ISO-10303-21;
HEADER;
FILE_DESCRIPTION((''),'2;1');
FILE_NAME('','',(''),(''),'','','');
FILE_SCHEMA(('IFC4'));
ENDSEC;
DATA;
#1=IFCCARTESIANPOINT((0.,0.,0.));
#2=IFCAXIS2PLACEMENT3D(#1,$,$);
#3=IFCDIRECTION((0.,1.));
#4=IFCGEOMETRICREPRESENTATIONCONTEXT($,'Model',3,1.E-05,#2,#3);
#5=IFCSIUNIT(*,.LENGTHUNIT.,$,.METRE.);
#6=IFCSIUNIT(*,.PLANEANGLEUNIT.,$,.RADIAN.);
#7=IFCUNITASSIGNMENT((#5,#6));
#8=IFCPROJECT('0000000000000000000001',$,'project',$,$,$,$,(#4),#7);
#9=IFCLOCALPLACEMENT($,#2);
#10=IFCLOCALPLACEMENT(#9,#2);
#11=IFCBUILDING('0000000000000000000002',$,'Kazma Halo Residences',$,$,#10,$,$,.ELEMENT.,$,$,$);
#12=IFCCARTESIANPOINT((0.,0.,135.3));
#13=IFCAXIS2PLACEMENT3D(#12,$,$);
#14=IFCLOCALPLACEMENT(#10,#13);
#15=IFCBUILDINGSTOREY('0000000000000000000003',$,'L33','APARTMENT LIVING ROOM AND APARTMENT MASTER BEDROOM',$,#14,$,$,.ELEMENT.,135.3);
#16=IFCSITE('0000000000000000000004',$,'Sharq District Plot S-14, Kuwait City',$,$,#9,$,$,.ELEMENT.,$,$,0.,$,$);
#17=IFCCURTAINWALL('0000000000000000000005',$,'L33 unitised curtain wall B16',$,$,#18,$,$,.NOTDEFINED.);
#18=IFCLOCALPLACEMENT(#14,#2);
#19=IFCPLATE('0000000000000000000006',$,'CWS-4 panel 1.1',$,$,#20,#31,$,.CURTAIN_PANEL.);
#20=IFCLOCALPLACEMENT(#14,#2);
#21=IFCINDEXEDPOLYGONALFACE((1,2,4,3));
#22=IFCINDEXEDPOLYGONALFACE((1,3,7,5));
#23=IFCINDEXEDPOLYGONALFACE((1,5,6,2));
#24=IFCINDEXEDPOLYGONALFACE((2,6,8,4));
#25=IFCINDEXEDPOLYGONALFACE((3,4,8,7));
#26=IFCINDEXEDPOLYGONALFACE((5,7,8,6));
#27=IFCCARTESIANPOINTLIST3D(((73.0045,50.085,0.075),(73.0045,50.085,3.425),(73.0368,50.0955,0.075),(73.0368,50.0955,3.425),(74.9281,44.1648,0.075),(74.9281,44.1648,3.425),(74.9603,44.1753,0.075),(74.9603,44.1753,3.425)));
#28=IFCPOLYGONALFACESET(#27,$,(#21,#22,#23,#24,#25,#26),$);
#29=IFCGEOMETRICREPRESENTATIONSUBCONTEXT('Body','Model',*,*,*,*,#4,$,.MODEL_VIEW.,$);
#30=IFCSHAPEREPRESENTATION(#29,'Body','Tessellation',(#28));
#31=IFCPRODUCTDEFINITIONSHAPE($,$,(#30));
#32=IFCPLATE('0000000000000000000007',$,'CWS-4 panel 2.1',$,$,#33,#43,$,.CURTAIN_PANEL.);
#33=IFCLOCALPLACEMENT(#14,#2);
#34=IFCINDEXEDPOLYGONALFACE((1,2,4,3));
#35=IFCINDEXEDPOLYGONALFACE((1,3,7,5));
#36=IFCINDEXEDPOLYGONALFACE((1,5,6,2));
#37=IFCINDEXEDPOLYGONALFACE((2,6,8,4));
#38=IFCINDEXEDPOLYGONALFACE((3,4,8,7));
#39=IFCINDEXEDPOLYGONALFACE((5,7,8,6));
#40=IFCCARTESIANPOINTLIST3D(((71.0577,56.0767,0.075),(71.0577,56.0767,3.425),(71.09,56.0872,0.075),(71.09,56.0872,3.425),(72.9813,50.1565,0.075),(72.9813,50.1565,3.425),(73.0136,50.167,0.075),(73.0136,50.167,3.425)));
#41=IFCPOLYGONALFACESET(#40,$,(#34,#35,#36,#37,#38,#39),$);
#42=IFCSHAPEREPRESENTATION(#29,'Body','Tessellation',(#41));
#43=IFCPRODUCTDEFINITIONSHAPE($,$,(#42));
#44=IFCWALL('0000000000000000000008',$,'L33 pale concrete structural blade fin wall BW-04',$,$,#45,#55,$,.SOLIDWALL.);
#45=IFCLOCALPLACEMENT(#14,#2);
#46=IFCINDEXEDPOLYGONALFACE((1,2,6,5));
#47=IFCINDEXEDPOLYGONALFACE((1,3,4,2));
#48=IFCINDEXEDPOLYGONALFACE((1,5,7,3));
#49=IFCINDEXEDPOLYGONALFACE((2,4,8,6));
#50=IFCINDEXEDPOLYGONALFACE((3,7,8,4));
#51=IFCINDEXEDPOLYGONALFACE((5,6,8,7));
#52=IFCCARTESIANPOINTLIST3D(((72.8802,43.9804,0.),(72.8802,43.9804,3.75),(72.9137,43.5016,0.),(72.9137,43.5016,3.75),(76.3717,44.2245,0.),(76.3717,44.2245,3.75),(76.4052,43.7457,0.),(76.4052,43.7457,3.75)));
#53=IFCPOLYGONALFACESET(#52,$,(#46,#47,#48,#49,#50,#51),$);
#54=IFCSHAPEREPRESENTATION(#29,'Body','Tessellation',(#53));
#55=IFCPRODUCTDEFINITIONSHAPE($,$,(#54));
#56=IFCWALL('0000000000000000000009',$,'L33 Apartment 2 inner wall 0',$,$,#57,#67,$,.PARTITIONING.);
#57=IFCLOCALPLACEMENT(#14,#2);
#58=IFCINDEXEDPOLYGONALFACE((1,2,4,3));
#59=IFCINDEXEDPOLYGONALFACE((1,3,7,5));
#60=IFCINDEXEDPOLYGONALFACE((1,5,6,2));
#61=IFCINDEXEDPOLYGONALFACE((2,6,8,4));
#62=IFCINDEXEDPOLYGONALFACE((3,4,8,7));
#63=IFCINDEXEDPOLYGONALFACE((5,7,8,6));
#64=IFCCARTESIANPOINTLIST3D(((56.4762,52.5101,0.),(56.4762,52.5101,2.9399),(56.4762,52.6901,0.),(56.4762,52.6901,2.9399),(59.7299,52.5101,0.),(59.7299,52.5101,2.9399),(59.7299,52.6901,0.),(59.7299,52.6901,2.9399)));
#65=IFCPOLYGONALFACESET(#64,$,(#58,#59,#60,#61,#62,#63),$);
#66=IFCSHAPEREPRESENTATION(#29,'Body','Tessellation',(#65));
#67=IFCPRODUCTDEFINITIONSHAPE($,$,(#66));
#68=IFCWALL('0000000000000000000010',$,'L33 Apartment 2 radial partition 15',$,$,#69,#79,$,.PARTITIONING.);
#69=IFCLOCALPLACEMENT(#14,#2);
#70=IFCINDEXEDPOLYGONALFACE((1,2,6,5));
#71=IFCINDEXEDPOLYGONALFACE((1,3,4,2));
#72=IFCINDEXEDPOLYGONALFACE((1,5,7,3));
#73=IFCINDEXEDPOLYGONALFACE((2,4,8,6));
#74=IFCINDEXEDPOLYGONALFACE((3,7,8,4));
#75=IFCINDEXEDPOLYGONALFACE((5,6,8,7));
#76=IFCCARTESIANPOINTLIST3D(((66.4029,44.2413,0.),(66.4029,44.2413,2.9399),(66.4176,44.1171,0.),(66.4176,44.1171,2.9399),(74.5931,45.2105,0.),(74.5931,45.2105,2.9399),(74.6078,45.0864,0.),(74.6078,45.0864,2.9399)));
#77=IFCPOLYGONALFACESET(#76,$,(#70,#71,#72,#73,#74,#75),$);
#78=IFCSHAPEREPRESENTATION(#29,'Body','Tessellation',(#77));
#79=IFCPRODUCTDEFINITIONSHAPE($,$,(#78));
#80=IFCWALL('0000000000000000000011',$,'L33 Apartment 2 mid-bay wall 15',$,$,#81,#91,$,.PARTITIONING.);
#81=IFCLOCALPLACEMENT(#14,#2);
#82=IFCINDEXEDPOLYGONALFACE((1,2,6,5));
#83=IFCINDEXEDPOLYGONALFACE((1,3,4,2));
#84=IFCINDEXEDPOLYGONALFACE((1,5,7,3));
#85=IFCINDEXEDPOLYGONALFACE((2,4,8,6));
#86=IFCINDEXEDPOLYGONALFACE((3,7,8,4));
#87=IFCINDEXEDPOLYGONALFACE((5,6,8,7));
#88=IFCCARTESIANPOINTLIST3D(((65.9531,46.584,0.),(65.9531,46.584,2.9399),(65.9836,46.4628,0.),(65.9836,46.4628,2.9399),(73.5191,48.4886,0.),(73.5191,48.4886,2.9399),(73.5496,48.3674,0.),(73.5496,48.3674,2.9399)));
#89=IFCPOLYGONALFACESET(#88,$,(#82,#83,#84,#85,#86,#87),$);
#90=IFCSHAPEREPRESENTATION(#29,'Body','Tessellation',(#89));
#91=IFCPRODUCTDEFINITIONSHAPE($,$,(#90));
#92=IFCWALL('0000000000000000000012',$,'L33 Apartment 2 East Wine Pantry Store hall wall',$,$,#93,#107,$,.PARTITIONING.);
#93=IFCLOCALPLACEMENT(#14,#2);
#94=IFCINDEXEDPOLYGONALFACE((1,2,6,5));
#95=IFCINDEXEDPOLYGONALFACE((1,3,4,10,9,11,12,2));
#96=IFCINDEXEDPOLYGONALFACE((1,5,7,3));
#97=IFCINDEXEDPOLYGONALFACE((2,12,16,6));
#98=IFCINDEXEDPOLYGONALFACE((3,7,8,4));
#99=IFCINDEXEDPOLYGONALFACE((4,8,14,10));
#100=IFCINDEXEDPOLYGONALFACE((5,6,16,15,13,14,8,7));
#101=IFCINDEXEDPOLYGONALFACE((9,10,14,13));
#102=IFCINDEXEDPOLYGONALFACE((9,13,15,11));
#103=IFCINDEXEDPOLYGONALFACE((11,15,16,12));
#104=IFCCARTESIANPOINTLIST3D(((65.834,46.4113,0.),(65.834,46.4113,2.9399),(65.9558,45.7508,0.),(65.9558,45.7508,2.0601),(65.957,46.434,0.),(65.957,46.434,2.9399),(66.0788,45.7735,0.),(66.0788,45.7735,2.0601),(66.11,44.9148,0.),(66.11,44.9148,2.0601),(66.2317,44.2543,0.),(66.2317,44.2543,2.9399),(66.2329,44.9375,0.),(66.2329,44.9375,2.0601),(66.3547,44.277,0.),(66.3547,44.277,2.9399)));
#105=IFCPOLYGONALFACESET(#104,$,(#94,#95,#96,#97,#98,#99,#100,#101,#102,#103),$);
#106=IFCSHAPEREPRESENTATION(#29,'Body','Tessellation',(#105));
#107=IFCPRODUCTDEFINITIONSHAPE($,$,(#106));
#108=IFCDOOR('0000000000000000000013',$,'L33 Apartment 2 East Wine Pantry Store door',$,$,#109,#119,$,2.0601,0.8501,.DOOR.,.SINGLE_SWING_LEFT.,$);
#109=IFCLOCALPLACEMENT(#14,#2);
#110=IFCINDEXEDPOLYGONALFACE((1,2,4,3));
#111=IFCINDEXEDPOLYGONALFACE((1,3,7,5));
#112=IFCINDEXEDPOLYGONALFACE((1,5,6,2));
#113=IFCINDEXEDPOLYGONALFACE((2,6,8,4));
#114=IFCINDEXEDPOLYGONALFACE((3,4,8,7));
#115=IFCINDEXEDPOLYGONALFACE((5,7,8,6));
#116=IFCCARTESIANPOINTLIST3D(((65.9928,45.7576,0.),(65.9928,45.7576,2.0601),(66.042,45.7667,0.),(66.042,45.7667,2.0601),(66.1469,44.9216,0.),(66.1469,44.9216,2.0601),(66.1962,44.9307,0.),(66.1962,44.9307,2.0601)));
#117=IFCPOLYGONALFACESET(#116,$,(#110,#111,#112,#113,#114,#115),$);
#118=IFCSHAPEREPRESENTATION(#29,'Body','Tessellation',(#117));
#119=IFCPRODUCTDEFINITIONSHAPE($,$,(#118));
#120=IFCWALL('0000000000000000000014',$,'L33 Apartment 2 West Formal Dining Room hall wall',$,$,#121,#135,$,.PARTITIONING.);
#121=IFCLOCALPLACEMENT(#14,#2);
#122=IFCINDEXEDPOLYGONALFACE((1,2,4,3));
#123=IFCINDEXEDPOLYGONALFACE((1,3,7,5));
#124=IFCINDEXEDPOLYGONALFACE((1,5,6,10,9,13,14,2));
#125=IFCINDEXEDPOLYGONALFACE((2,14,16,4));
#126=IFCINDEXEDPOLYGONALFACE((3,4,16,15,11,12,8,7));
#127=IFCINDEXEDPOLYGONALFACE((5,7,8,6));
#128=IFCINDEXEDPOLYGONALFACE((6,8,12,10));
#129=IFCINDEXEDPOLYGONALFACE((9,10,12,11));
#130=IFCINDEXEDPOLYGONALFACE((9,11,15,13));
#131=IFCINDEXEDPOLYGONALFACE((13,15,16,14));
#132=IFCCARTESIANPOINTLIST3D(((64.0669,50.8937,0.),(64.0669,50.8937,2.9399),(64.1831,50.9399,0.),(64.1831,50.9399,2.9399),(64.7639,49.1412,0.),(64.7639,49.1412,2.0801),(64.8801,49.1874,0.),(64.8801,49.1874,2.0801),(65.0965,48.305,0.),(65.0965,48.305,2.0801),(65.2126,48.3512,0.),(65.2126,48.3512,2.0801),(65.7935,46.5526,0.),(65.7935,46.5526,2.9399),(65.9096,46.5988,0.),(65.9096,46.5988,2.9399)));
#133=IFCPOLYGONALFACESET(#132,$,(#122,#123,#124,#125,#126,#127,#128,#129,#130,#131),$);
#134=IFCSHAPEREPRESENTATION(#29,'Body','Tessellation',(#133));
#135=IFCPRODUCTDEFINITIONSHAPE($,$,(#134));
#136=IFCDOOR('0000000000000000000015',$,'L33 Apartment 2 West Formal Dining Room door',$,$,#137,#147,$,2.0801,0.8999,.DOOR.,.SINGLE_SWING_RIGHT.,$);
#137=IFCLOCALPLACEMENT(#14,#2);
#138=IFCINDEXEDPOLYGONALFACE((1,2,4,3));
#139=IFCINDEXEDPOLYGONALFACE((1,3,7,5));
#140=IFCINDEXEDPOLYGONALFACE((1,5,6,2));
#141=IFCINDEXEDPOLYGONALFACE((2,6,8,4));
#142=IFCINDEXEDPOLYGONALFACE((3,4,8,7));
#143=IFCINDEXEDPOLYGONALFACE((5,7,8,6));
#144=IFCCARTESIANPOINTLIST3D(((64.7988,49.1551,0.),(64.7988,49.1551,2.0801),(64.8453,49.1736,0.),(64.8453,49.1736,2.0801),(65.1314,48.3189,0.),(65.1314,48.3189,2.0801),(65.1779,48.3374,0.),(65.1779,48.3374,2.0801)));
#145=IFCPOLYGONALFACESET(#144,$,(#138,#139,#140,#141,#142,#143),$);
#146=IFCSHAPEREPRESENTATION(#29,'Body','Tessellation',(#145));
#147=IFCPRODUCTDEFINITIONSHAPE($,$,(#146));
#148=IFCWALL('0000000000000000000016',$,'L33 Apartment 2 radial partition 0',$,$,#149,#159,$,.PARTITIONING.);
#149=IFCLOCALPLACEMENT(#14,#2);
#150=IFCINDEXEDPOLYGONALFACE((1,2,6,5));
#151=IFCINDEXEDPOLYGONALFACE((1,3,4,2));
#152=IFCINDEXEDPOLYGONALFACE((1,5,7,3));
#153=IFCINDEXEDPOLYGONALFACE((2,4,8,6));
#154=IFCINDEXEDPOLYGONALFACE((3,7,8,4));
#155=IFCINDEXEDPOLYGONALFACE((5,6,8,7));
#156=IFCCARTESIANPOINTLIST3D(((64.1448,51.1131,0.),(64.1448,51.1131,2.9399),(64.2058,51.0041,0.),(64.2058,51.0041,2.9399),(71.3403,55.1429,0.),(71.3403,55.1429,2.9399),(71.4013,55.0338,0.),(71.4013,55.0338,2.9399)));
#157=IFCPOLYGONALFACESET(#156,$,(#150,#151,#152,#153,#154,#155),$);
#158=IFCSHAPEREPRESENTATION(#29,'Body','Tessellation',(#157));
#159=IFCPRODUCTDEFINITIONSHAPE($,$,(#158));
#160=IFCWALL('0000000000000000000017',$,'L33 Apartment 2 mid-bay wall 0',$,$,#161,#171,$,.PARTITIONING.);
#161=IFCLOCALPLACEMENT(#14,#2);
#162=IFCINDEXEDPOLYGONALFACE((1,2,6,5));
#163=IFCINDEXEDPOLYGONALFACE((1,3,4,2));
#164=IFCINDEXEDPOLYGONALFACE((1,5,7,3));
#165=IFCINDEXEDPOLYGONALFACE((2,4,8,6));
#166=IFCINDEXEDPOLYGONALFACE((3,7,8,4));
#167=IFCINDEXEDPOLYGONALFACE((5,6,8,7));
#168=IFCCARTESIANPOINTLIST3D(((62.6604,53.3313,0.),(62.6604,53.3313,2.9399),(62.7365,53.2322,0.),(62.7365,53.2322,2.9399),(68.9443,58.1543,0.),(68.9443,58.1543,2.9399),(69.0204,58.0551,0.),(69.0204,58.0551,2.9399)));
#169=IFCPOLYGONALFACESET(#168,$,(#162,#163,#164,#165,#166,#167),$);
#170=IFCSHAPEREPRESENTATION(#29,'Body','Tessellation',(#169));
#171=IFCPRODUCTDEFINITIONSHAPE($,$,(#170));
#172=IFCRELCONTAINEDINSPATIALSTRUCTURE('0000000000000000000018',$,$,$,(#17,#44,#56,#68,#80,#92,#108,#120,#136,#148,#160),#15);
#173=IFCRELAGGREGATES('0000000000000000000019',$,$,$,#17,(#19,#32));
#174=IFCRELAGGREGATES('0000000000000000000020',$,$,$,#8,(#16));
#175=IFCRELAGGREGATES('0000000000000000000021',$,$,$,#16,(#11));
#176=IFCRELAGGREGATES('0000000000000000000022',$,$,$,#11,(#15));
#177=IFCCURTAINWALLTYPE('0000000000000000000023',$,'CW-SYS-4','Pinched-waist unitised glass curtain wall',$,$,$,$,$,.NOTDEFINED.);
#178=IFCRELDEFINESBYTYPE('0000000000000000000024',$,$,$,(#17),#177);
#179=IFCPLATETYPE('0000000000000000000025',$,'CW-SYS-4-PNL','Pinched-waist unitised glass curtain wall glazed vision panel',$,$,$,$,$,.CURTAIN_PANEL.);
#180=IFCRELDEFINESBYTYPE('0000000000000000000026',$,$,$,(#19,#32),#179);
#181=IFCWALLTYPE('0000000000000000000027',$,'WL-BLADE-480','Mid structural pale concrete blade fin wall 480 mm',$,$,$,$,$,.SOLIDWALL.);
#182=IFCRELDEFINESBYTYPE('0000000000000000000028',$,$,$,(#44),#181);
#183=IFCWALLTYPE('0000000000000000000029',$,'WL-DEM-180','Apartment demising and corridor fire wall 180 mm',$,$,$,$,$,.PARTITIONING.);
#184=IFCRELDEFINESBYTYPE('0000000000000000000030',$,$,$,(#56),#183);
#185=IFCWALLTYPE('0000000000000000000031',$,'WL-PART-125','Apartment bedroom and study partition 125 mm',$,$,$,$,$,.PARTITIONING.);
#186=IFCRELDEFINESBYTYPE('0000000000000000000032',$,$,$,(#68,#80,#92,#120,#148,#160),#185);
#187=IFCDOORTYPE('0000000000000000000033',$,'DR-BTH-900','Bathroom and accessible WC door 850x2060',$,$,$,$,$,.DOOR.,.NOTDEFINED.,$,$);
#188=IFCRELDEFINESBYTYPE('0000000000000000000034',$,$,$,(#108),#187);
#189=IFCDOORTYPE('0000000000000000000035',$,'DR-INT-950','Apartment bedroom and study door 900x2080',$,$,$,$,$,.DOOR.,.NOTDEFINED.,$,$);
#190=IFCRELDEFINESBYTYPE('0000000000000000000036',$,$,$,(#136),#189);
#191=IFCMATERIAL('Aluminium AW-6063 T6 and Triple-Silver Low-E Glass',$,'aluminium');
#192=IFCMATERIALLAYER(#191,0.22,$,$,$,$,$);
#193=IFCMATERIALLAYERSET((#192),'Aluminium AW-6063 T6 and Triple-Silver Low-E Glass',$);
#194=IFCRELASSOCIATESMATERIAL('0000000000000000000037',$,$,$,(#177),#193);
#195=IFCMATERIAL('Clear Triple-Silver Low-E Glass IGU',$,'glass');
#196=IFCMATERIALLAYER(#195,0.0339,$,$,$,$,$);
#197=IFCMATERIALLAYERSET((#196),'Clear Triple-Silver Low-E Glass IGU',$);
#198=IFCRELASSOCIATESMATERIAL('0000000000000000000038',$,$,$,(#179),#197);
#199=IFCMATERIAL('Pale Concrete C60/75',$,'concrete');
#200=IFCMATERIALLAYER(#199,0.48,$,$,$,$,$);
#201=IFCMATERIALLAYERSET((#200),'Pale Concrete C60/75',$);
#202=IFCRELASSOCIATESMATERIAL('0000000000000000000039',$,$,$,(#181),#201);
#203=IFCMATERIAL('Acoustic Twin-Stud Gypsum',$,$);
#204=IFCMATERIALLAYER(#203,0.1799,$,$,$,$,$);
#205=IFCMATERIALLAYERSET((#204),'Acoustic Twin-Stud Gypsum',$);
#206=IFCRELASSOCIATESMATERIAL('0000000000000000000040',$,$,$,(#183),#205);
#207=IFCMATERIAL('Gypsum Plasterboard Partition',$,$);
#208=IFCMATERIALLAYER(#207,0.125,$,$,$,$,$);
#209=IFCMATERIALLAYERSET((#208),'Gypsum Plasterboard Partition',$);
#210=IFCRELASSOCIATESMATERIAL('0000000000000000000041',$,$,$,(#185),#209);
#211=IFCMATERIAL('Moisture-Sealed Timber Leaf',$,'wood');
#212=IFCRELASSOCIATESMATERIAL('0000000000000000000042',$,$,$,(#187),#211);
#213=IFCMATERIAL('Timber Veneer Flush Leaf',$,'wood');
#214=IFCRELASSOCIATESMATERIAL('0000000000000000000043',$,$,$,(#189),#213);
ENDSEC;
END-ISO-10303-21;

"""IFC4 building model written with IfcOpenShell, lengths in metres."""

from ifc_helpers import new_model, si_unit, direction, frame, frame_2d, origin, origin_2d, place, context, subcontext, project, spatial, rectangle, extrude, material, layer, layer_set, type_object, element, fill, aggregate, save


model = new_model("IFC4")

# Units and contexts
model_context = context("Model", 3, precision=1e-05, world=origin(), true_north=direction((0.0, 1.0)))
body_context = subcontext(model_context, "Body", "Model", "MODEL_VIEW")
ifc_project = project(units=[si_unit("LENGTHUNIT", "METRE"), si_unit("PLANEANGLEUNIT", "RADIAN")], contexts=[model_context])

# Site, building, storey
site_placement = place(None, origin())
site = spatial("IfcSite", under=ifc_project, at=site_placement, Name="Sharq District Plot S-14, Kuwait City", CompositionType="ELEMENT", RefElevation=0.0)
building_placement = place(site_placement, origin())
building = spatial("IfcBuilding", under=site, at=building_placement, Name="Kazma Halo Residences", CompositionType="ELEMENT")
storey_placement = place(building_placement, frame((0.0, 0.0, 135.3)))
storey = spatial("IfcBuildingStorey", under=building, at=storey_placement, Name="L33", Description="APARTMENT LIVING ROOM AND APARTMENT MASTER BEDROOM", CompositionType="ELEMENT", Elevation=135.3)

# Shared definitions
ifc_material_1 = material(Name="Aluminium AW-6063 T6 and Triple-Silver Low-E Glass", Category="aluminium")
ifc_layer_1 = layer(ifc_material_1, 0.22)
ifc_layer_set_1 = layer_set([ifc_layer_1], Name="Aluminium AW-6063 T6 and Triple-Silver Low-E Glass")
curtain_wall_type = type_object("IfcCurtainWallType", Name="CW-SYS-4", Description="Pinched-waist unitised glass curtain wall", PredefinedType="NOTDEFINED", material=ifc_layer_set_1)

# Curtain wall, plates
curtain_wall_1_placement = place(storey_placement, origin())
curtain_wall_1 = element("IfcCurtainWall", 1, at=curtain_wall_1_placement, inside=storey, type_object=curtain_wall_type, Name="L33 unitised curtain wall B16", PredefinedType="NOTDEFINED")
ifc_material_2 = material(Name="Clear Triple-Silver Low-E Glass IGU", Category="glass")
ifc_layer_2 = layer(ifc_material_2, 0.0339)
ifc_layer_set_2 = layer_set([ifc_layer_2], Name="Clear Triple-Silver Low-E Glass IGU")
plate_type = type_object("IfcPlateType", Name="CW-SYS-4-PNL", Description="Pinched-waist unitised glass curtain wall glazed vision panel", PredefinedType="CURTAIN_PANEL", material=ifc_layer_set_2)
plate_1_placement = place(storey_placement, frame((73.9824, 47.1301, 0.075), z_axis=(0.0, 0.0, 1.0), x_axis=(-0.309014, 0.951058, 0.0)))
plate_1 = element("IfcPlate", 2, at=plate_1_placement, type_object=plate_type, Name="CWS-4 panel 1.1", PredefinedType="CURTAIN_PANEL", context=body_context, shape_type="SweptSolid", body=[
    extrude(rectangle(XDim=6.2249, YDim=0.0339, at=origin_2d()), origin(), (0.0, 0.0, 1.0), 3.3501),
])
plate_2_placement = place(storey_placement, frame((72.0356, 53.1218, 0.075), z_axis=(0.0, 0.0, 1.0), x_axis=(-0.309014, 0.951058, 0.0)))
plate_2 = element("IfcPlate", 3, at=plate_2_placement, type_object=plate_type, Name="CWS-4 panel 2.1", PredefinedType="CURTAIN_PANEL", context=body_context, shape_type="SweptSolid", body=[
    extrude(rectangle(XDim=6.2249, YDim=0.0339, at=origin_2d()), origin(), (0.0, 0.0, 1.0), 3.3501),
])
aggregate(curtain_wall_1, [plate_1, plate_2])

# Walls
ifc_material_3 = material(Name="Pale Concrete C60/75", Category="concrete")
ifc_layer_3 = layer(ifc_material_3, 0.48)
ifc_layer_set_3 = layer_set([ifc_layer_3], Name="Pale Concrete C60/75")
wall_type_1 = type_object("IfcWallType", Name="WL-BLADE-480", Description="Mid structural pale concrete blade fin wall 480 mm", PredefinedType="SOLIDWALL", material=ifc_layer_set_3)
wall_1_placement = place(storey_placement, frame((72.897, 43.741, 0.0), z_axis=(0.0, 0.0, 1.0), x_axis=(0.997564, 0.069755, 0.0)))
element("IfcWall", 4, at=wall_1_placement, inside=storey, type_object=wall_type_1, Name="L33 pale concrete structural blade fin wall BW-04", PredefinedType="SOLIDWALL", context=body_context, shape_type="SweptSolid", body=[
    extrude(rectangle(XDim=3.5, YDim=0.48, at=frame_2d((1.75, 0.0))), origin(), (0.0, 0.0, 1.0), 3.75),
])
ifc_material_4 = material(Name="Acoustic Twin-Stud Gypsum")
ifc_layer_4 = layer(ifc_material_4, 0.1799)
ifc_layer_set_4 = layer_set([ifc_layer_4], Name="Acoustic Twin-Stud Gypsum")
wall_type_2 = type_object("IfcWallType", Name="WL-DEM-180", Description="Apartment demising and corridor fire wall 180 mm", PredefinedType="PARTITIONING", material=ifc_layer_set_4)
wall_2_placement = place(storey_placement, frame((59.73, 52.6001, 0.0), z_axis=(0.0, 0.0, 1.0), x_axis=(-1.0, 0.0, 0.0)))
element("IfcWall", 5, at=wall_2_placement, inside=storey, type_object=wall_type_2, Name="L33 Apartment 2 inner wall 0", PredefinedType="PARTITIONING", context=body_context, shape_type="SweptSolid", body=[
    extrude(rectangle(XDim=3.2537, YDim=0.1799, at=frame_2d((1.627, 0.0))), origin(), (0.0, 0.0, 1.0), 2.9399),
])
ifc_material_5 = material(Name="Gypsum Plasterboard Partition")
ifc_layer_5 = layer(ifc_material_5, 0.125)
ifc_layer_set_5 = layer_set([ifc_layer_5], Name="Gypsum Plasterboard Partition")
wall_type_3 = type_object("IfcWallType", Name="WL-PART-125", Description="Apartment bedroom and study partition 125 mm", PredefinedType="PARTITIONING", material=ifc_layer_set_5)
wall_3_placement = place(storey_placement, frame((66.4104, 44.1792, 0.0), z_axis=(0.0, 0.0, 1.0), x_axis=(0.99307, 0.117521, 0.0)))
element("IfcWall", 6, at=wall_3_placement, inside=storey, type_object=wall_type_3, Name="L33 Apartment 2 radial partition 15", PredefinedType="PARTITIONING", context=body_context, shape_type="SweptSolid", body=[
    extrude(rectangle(XDim=8.2473, YDim=0.125, at=frame_2d((4.1235, 0.0))), origin(), (0.0, 0.0, 1.0), 2.9399),
])
wall_4_placement = place(storey_placement, frame((65.9685, 46.5234, 0.0), z_axis=(0.0, 0.0, 1.0), x_axis=(0.969747, 0.244111, 0.0)))
element("IfcWall", 7, at=wall_4_placement, inside=storey, type_object=wall_type_3, Name="L33 Apartment 2 mid-bay wall 15", PredefinedType="PARTITIONING", context=body_context, shape_type="SweptSolid", body=[
    extrude(rectangle(XDim=7.802, YDim=0.125, at=frame_2d((3.9009, 0.0))), origin(), (0.0, 0.0, 1.0), 2.9399),
])

# Walls, openings, doors
wall_5_placement = place(storey_placement, frame((66.2932, 44.2656, 0.0), z_axis=(0.0, 0.0, 1.0), x_axis=(-0.181324, 0.983423, 0.0)))
wall_5 = element("IfcWall", 8, at=wall_5_placement, inside=storey, type_object=wall_type_3, Name="L33 Apartment 2 East Wine Pantry Store hall wall", PredefinedType="PARTITIONING", context=body_context, shape_type="SweptSolid", body=[
    extrude(rectangle(XDim=2.1934, YDim=0.125, at=frame_2d((1.0967, 0.0))), origin(), (0.0, 0.0, 1.0), 2.9399),
])
opening_1_placement = place(wall_5_placement, frame((0.6716, 0.0, 0.0)))
opening_1 = element("IfcOpeningElement", 9, at=opening_1_placement, cuts=wall_5, PredefinedType="OPENING", context=body_context, shape_type="SweptSolid", body=[
    extrude(rectangle(XDim=0.8501, YDim=2.0601, at=frame_2d((0.425, 1.03))), frame((0.0, 0.0725, 0.0), z_axis=(0.0, -1.0, 0.0), x_axis=(1.0, 0.0, 0.0)), (0.0, 0.0, 1.0), 0.145),
])
ifc_material_6 = material(Name="Moisture-Sealed Timber Leaf", Category="wood")
door_type_1 = type_object("IfcDoorType", Name="DR-BTH-900", Description="Bathroom and accessible WC door 850x2060", OperationType="NOTDEFINED", PredefinedType="DOOR", material=ifc_material_6)
door_1_placement = place(opening_1_placement, origin())
door_1 = element("IfcDoor", 10, at=door_1_placement, inside=storey, type_object=door_type_1, Name="L33 Apartment 2 East Wine Pantry Store door", OperationType="SINGLE_SWING_LEFT", OverallHeight=2.0601, OverallWidth=0.8501, PredefinedType="DOOR", context=body_context, shape_type="SweptSolid", body=[
    extrude(rectangle(XDim=0.8501, YDim=2.0601, at=frame_2d((0.425, 1.03))), frame((0.0, 0.0249, 0.0), z_axis=(0.0, -1.0, 0.0), x_axis=(1.0, 0.0, 0.0)), (0.0, 0.0, 1.0), 0.05),
])
fill(opening_1, door_1)
wall_6_placement = place(storey_placement, frame((65.8516, 46.5757, 0.0), z_axis=(0.0, 0.0, 1.0), x_axis=(-0.36957, 0.929203, 0.0)))
wall_6 = element("IfcWall", 11, at=wall_6_placement, inside=storey, type_object=wall_type_3, Name="L33 Apartment 2 West Formal Dining Room hall wall", PredefinedType="PARTITIONING", context=body_context, shape_type="SweptSolid", body=[
    extrude(rectangle(XDim=4.6719, YDim=0.125, at=frame_2d((2.3359, 0.0))), origin(), (0.0, 0.0, 1.0), 2.9399),
])
opening_2_placement = place(wall_6_placement, frame((1.886, 0.0, 0.0)))
opening_2 = element("IfcOpeningElement", 12, at=opening_2_placement, cuts=wall_6, PredefinedType="OPENING", context=body_context, shape_type="SweptSolid", body=[
    extrude(rectangle(XDim=0.8999, YDim=2.0801, at=frame_2d((0.45, 1.04))), frame((0.0, 0.0725, 0.0), z_axis=(0.0, -1.0, 0.0), x_axis=(1.0, 0.0, 0.0)), (0.0, 0.0, 1.0), 0.145),
])
ifc_material_7 = material(Name="Timber Veneer Flush Leaf", Category="wood")
door_type_2 = type_object("IfcDoorType", Name="DR-INT-950", Description="Apartment bedroom and study door 900x2080", OperationType="NOTDEFINED", PredefinedType="DOOR", material=ifc_material_7)
door_2_placement = place(opening_2_placement, origin())
door_2 = element("IfcDoor", 13, at=door_2_placement, inside=storey, type_object=door_type_2, Name="L33 Apartment 2 West Formal Dining Room door", OperationType="SINGLE_SWING_RIGHT", OverallHeight=2.0801, OverallWidth=0.8999, PredefinedType="DOOR", context=body_context, shape_type="SweptSolid", body=[
    extrude(rectangle(XDim=0.8999, YDim=2.0801, at=frame_2d((0.45, 1.04))), frame((0.0, 0.0249, 0.0), z_axis=(0.0, -1.0, 0.0), x_axis=(1.0, 0.0, 0.0)), (0.0, 0.0, 1.0), 0.05),
])
fill(opening_2, door_2)

# Walls
wall_7_placement = place(storey_placement, frame((64.1753, 51.0586, 0.0), z_axis=(0.0, 0.0, 1.0), x_axis=(0.872492, 0.488629, 0.0)))
element("IfcWall", 14, at=wall_7_placement, inside=storey, type_object=wall_type_3, Name="L33 Apartment 2 radial partition 0", PredefinedType="PARTITIONING", context=body_context, shape_type="SweptSolid", body=[
    extrude(rectangle(XDim=8.2471, YDim=0.125, at=frame_2d((4.1235, 0.0))), origin(), (0.0, 0.0, 1.0), 2.9399),
])
wall_8_placement = place(storey_placement, frame((62.6985, 53.2817, 0.0), z_axis=(0.0, 0.0, 1.0), x_axis=(0.793282, 0.608854, 0.0)))
element("IfcWall", 15, at=wall_8_placement, inside=storey, type_object=wall_type_3, Name="L33 Apartment 2 mid-bay wall 0", PredefinedType="PARTITIONING", context=body_context, shape_type="SweptSolid", body=[
    extrude(rectangle(XDim=7.9214, YDim=0.125, at=frame_2d((3.9607, 0.0))), origin(), (0.0, 0.0, 1.0), 2.9399),
])

save(model, "model.ifc")
